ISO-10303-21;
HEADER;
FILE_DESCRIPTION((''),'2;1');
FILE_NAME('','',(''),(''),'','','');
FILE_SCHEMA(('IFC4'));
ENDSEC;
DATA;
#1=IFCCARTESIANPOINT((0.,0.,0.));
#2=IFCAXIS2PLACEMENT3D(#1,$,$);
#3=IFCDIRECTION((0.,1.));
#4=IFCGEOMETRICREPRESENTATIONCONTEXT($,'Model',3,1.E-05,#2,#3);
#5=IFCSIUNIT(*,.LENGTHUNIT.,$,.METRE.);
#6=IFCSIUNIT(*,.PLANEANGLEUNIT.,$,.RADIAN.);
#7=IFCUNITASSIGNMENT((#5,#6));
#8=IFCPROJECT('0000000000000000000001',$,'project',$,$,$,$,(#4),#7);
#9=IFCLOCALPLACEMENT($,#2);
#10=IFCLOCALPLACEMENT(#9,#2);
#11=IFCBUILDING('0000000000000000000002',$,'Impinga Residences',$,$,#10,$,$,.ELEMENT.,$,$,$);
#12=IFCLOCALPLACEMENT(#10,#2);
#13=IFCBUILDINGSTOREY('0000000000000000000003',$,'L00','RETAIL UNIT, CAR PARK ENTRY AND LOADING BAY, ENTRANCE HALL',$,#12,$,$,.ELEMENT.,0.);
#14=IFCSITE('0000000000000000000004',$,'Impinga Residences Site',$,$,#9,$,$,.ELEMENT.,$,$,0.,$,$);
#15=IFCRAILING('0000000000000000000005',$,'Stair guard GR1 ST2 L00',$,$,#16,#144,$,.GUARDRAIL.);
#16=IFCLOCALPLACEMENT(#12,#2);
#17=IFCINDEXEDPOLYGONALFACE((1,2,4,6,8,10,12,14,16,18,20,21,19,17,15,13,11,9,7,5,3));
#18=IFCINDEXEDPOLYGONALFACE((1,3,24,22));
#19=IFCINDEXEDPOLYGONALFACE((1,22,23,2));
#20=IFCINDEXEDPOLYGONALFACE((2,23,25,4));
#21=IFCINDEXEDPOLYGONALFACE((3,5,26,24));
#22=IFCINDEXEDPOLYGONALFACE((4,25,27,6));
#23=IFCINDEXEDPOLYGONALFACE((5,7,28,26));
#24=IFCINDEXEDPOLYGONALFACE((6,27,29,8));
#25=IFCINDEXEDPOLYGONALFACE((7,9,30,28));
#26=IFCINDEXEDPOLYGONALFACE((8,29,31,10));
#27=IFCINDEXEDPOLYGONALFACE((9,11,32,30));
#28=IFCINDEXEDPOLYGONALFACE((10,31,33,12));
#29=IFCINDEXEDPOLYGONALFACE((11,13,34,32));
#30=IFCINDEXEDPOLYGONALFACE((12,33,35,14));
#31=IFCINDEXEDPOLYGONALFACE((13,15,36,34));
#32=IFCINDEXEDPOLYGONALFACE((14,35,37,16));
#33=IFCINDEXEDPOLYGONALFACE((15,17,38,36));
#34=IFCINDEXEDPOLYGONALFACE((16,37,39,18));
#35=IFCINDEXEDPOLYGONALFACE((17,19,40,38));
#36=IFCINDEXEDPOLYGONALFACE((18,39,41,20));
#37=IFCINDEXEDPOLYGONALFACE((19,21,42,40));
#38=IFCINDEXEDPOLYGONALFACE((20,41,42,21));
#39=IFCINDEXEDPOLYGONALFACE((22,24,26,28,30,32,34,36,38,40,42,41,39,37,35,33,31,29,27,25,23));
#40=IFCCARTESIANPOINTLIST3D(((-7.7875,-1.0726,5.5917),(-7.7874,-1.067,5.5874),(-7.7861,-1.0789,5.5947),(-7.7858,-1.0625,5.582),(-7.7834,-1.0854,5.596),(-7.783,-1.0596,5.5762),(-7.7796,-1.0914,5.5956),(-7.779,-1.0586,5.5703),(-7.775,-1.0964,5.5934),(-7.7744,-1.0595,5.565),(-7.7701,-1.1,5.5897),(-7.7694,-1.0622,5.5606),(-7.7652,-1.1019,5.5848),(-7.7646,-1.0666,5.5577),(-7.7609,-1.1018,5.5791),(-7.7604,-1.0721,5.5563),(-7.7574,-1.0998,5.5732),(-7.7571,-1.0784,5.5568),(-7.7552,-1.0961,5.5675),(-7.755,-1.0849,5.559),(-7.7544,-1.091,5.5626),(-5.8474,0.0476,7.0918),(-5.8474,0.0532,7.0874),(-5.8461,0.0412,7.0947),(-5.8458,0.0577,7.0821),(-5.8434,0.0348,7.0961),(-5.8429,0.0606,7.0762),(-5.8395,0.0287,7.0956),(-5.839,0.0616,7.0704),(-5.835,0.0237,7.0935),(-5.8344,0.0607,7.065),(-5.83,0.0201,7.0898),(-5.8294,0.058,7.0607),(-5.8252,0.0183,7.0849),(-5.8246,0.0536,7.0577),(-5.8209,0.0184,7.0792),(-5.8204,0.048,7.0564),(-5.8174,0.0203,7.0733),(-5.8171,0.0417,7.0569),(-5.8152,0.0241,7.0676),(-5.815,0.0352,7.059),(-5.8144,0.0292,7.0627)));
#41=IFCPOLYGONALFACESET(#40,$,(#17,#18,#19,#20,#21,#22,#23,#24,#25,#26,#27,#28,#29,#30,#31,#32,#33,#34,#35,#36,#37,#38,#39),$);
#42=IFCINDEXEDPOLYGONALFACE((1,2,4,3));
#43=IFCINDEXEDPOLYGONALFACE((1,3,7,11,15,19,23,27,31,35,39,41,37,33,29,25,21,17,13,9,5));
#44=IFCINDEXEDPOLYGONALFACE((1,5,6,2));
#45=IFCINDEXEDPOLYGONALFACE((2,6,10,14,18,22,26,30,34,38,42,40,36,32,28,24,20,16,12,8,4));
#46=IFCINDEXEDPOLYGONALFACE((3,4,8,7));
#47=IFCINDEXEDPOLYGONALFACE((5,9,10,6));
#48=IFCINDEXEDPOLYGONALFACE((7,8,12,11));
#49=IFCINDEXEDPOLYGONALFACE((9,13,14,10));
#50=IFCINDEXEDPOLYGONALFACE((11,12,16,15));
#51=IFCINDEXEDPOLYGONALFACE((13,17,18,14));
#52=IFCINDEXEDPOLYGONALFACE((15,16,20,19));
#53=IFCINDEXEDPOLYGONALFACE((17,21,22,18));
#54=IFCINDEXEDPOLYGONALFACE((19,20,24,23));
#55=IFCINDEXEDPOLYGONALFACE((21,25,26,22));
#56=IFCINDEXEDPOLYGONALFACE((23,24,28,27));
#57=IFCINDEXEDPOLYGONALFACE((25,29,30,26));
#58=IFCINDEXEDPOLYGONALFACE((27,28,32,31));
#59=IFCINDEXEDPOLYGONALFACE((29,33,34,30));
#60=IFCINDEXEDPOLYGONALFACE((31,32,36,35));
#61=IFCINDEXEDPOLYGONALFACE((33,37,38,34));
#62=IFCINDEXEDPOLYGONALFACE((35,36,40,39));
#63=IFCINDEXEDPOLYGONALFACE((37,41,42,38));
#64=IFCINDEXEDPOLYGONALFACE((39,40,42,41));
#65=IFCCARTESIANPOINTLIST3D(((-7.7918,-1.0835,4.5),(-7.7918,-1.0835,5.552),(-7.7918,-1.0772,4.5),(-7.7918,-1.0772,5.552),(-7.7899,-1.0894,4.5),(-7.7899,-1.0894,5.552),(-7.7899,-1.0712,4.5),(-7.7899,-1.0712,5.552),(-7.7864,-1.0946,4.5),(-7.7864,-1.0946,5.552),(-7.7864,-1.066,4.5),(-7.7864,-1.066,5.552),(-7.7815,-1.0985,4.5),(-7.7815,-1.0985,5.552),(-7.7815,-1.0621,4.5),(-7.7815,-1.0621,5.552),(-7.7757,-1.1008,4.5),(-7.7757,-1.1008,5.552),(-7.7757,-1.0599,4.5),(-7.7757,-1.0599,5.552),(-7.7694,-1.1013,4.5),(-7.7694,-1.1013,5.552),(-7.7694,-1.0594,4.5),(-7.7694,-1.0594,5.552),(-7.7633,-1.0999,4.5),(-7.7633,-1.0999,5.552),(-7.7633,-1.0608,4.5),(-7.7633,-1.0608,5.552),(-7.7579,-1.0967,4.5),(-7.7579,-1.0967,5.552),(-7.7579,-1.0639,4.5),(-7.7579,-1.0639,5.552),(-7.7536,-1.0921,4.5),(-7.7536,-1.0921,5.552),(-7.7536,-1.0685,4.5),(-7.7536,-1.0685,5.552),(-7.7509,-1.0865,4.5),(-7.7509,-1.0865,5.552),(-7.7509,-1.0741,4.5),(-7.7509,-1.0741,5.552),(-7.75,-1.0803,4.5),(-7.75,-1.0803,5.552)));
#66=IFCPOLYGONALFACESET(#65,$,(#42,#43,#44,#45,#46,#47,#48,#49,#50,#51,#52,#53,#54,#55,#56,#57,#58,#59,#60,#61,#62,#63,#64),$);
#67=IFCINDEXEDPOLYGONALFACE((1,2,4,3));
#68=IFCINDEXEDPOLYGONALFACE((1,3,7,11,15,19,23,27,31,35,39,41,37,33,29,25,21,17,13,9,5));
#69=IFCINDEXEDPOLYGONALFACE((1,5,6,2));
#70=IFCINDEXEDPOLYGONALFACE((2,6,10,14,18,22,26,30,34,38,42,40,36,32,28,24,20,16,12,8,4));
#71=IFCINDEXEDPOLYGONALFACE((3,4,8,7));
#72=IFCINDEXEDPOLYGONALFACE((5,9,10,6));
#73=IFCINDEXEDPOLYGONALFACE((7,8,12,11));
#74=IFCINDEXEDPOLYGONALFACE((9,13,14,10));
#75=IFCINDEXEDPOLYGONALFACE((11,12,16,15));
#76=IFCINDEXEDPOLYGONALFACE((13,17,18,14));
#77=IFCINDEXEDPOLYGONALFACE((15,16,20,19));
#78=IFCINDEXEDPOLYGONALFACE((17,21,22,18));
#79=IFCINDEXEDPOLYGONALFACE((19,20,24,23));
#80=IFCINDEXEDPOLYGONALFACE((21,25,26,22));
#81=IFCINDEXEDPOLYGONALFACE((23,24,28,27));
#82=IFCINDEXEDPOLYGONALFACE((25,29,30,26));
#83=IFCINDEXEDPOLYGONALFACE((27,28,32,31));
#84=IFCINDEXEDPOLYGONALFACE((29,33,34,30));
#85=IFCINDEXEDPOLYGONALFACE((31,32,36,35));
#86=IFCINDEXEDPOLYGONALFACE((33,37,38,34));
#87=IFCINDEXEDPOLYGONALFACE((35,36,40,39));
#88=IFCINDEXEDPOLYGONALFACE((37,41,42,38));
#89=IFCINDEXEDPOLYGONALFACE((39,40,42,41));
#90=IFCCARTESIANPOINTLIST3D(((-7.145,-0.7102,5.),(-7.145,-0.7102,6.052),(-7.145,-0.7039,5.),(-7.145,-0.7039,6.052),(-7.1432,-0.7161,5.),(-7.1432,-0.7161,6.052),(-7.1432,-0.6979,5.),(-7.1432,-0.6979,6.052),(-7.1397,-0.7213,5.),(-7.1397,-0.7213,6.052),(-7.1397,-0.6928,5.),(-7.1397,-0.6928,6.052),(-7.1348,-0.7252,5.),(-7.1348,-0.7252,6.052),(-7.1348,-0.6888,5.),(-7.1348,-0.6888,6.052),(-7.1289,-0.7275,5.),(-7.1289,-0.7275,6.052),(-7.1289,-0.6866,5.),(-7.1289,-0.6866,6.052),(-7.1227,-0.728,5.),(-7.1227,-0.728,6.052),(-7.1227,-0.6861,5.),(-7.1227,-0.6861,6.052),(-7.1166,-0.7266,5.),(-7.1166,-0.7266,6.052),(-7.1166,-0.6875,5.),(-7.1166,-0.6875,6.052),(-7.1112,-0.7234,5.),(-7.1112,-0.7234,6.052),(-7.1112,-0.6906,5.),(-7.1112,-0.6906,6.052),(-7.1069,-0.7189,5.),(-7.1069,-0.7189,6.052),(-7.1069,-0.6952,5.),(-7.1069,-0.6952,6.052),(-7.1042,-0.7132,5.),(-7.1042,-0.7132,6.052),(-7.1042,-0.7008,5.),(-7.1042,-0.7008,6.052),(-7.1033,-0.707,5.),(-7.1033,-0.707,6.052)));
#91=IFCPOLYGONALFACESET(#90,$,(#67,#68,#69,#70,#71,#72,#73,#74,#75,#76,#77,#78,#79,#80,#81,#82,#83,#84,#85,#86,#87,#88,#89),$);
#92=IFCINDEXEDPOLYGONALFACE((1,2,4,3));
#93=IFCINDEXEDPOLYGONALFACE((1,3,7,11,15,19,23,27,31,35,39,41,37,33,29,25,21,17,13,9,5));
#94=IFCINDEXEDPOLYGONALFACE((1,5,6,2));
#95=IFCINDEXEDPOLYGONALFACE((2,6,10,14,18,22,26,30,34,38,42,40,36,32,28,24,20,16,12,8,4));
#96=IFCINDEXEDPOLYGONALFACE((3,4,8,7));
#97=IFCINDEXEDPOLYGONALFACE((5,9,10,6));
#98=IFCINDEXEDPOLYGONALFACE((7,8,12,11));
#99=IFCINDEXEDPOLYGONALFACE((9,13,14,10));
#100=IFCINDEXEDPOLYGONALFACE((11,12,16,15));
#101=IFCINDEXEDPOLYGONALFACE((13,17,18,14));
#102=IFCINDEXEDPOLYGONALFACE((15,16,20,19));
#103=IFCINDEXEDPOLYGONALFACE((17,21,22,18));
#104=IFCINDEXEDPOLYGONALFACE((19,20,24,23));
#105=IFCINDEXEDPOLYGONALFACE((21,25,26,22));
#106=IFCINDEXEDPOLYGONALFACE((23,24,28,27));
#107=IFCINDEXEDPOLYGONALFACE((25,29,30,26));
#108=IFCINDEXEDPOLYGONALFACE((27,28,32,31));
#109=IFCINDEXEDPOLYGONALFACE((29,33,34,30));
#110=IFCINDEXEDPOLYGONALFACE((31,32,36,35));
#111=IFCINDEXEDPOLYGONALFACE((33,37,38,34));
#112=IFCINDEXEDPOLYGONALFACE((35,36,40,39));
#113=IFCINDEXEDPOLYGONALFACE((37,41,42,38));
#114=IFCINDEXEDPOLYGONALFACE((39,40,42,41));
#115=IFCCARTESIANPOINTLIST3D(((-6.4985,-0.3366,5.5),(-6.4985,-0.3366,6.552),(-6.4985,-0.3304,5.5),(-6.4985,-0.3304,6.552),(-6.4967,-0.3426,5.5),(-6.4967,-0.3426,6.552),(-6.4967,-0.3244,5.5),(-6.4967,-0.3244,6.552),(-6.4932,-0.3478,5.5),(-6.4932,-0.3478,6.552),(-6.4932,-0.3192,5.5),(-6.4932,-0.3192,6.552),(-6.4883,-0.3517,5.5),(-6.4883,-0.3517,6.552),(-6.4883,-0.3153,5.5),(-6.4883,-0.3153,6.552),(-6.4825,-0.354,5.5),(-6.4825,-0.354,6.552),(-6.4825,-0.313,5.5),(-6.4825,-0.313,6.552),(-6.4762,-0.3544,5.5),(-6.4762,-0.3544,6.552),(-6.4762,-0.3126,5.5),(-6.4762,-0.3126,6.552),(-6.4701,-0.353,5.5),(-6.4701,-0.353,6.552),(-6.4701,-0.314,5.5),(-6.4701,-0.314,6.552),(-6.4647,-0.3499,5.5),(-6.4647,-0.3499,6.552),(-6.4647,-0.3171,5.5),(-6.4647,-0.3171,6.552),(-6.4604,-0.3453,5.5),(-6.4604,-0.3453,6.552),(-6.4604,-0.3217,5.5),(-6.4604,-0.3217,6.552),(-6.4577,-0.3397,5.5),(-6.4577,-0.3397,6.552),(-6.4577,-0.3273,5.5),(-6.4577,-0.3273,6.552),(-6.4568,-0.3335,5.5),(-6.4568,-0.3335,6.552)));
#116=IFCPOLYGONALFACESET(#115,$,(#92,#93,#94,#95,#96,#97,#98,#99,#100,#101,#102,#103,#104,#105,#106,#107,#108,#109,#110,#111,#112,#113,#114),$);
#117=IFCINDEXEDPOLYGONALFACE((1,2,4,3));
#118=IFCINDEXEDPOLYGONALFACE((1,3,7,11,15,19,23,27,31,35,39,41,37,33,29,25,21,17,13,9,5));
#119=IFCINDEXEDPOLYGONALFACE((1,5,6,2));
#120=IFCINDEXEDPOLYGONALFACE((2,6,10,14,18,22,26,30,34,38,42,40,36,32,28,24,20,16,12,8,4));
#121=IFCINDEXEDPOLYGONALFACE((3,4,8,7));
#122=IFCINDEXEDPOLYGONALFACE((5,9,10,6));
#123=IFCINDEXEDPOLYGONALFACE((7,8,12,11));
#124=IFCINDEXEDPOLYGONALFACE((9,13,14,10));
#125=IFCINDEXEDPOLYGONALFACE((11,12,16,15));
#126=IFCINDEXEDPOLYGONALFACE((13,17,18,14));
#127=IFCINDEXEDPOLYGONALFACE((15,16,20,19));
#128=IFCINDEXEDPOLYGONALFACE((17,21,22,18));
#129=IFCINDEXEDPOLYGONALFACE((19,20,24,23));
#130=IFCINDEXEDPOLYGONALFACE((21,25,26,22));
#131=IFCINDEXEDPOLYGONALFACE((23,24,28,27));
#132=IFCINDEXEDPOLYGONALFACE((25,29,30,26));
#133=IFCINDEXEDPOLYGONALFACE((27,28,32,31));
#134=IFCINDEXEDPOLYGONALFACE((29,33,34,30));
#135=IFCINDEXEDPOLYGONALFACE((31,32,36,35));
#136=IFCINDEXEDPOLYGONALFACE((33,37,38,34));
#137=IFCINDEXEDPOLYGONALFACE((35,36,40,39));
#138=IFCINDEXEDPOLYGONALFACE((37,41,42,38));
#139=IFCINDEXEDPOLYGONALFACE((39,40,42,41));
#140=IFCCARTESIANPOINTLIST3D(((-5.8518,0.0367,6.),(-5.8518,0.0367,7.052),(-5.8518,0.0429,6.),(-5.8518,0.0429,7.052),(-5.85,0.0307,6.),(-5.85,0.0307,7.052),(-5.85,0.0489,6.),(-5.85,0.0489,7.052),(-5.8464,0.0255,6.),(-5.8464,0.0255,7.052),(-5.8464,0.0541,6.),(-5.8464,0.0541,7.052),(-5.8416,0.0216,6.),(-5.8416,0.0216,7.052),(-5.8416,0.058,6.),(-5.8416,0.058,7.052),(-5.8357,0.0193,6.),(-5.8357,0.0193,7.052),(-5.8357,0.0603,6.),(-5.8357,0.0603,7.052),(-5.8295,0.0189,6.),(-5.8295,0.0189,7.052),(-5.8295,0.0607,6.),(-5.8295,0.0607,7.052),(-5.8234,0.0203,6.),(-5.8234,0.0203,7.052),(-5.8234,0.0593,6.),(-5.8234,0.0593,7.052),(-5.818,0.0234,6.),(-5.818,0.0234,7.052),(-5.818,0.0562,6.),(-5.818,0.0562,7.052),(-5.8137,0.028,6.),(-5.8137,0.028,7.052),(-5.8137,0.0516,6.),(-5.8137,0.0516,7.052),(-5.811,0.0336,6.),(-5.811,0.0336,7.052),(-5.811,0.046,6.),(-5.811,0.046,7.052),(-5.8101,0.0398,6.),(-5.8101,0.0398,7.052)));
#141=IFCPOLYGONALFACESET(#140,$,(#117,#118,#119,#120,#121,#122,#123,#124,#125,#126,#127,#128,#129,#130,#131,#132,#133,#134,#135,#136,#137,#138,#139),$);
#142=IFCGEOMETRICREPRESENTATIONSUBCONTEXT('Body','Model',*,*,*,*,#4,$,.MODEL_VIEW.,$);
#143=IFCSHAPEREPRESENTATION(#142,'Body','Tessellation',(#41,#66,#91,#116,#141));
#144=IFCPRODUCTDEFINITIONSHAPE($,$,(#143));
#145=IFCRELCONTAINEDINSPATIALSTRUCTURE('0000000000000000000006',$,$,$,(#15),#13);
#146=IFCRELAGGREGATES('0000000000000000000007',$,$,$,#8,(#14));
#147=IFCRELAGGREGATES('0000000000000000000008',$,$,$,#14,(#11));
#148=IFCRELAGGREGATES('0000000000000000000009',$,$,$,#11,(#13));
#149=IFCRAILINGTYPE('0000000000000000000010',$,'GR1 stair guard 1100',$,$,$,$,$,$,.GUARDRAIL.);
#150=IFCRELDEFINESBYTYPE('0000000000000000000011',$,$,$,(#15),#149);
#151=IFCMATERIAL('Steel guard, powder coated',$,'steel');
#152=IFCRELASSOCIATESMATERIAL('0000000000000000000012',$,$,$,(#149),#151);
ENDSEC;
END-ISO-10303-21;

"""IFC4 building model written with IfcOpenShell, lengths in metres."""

from ifc_helpers import new_model, si_unit, direction, frame, origin, origin_2d, place, context, subcontext, project, spatial, circle, extrude, material, type_object, element, save


model = new_model("IFC4")

# Units and contexts
model_context = context("Model", 3, precision=1e-05, world=origin(), true_north=direction((0.0, 1.0)))
body_context = subcontext(model_context, "Body", "Model", "MODEL_VIEW")
ifc_project = project(units=[si_unit("LENGTHUNIT", "METRE"), si_unit("PLANEANGLEUNIT", "RADIAN")], contexts=[model_context])

# Site, building, storey
site_placement = place(None, origin())
site = spatial("IfcSite", under=ifc_project, at=site_placement, Name="Impinga Residences Site", CompositionType="ELEMENT", RefElevation=0.0)
building_placement = place(site_placement, origin())
building = spatial("IfcBuilding", under=site, at=building_placement, Name="Impinga Residences", CompositionType="ELEMENT")
storey_placement = place(building_placement, origin())
storey = spatial("IfcBuildingStorey", under=building, at=storey_placement, Name="L00", Description="RETAIL UNIT, CAR PARK ENTRY AND LOADING BAY, ENTRANCE HALL", CompositionType="ELEMENT", Elevation=0.0)

# Railing
ifc_material_1 = material(Name="Steel guard, powder coated", Category="steel")
railing_type_1 = type_object("IfcRailingType", Name="GR1 stair guard 1100", PredefinedType="GUARDRAIL", material=ifc_material_1)
for number, where, name in (
    (1, (-7.771, -1.0803, 4.5), "Stair guard GR1 ST2 L00"),
):
    element("IfcRailing", number, at=place(storey_placement, frame(where)), inside=storey, type_object=railing_type_1, Name=name, PredefinedType="GUARDRAIL", context=body_context, shape_type="SweptSolid", body=[
        extrude(circle(Radius=0.0239, at=origin_2d()), frame((0.0, 0.0, 1.0762), z_axis=(0.719582, 0.415485, 0.556394), x_axis=(-0.500031, 0.866008, 0.0)), (0.0, 0.0, 1.0), 2.696),
        extrude(circle(Radius=0.021, at=origin_2d()), origin(), (0.0, 0.0, 1.0), 1.052),
        extrude(circle(Radius=0.021, at=origin_2d()), frame((0.6467, 0.3733, 0.5)), (0.0, 0.0, 1.0), 1.052),
        extrude(circle(Radius=0.021, at=origin_2d()), frame((1.2932, 0.7468, 1.0)), (0.0, 0.0, 1.0), 1.052),
        extrude(circle(Radius=0.021, at=origin_2d()), frame((1.9399, 1.1201, 1.5)), (0.0, 0.0, 1.0), 1.052),
    ])

save(model, "model.ifc")
